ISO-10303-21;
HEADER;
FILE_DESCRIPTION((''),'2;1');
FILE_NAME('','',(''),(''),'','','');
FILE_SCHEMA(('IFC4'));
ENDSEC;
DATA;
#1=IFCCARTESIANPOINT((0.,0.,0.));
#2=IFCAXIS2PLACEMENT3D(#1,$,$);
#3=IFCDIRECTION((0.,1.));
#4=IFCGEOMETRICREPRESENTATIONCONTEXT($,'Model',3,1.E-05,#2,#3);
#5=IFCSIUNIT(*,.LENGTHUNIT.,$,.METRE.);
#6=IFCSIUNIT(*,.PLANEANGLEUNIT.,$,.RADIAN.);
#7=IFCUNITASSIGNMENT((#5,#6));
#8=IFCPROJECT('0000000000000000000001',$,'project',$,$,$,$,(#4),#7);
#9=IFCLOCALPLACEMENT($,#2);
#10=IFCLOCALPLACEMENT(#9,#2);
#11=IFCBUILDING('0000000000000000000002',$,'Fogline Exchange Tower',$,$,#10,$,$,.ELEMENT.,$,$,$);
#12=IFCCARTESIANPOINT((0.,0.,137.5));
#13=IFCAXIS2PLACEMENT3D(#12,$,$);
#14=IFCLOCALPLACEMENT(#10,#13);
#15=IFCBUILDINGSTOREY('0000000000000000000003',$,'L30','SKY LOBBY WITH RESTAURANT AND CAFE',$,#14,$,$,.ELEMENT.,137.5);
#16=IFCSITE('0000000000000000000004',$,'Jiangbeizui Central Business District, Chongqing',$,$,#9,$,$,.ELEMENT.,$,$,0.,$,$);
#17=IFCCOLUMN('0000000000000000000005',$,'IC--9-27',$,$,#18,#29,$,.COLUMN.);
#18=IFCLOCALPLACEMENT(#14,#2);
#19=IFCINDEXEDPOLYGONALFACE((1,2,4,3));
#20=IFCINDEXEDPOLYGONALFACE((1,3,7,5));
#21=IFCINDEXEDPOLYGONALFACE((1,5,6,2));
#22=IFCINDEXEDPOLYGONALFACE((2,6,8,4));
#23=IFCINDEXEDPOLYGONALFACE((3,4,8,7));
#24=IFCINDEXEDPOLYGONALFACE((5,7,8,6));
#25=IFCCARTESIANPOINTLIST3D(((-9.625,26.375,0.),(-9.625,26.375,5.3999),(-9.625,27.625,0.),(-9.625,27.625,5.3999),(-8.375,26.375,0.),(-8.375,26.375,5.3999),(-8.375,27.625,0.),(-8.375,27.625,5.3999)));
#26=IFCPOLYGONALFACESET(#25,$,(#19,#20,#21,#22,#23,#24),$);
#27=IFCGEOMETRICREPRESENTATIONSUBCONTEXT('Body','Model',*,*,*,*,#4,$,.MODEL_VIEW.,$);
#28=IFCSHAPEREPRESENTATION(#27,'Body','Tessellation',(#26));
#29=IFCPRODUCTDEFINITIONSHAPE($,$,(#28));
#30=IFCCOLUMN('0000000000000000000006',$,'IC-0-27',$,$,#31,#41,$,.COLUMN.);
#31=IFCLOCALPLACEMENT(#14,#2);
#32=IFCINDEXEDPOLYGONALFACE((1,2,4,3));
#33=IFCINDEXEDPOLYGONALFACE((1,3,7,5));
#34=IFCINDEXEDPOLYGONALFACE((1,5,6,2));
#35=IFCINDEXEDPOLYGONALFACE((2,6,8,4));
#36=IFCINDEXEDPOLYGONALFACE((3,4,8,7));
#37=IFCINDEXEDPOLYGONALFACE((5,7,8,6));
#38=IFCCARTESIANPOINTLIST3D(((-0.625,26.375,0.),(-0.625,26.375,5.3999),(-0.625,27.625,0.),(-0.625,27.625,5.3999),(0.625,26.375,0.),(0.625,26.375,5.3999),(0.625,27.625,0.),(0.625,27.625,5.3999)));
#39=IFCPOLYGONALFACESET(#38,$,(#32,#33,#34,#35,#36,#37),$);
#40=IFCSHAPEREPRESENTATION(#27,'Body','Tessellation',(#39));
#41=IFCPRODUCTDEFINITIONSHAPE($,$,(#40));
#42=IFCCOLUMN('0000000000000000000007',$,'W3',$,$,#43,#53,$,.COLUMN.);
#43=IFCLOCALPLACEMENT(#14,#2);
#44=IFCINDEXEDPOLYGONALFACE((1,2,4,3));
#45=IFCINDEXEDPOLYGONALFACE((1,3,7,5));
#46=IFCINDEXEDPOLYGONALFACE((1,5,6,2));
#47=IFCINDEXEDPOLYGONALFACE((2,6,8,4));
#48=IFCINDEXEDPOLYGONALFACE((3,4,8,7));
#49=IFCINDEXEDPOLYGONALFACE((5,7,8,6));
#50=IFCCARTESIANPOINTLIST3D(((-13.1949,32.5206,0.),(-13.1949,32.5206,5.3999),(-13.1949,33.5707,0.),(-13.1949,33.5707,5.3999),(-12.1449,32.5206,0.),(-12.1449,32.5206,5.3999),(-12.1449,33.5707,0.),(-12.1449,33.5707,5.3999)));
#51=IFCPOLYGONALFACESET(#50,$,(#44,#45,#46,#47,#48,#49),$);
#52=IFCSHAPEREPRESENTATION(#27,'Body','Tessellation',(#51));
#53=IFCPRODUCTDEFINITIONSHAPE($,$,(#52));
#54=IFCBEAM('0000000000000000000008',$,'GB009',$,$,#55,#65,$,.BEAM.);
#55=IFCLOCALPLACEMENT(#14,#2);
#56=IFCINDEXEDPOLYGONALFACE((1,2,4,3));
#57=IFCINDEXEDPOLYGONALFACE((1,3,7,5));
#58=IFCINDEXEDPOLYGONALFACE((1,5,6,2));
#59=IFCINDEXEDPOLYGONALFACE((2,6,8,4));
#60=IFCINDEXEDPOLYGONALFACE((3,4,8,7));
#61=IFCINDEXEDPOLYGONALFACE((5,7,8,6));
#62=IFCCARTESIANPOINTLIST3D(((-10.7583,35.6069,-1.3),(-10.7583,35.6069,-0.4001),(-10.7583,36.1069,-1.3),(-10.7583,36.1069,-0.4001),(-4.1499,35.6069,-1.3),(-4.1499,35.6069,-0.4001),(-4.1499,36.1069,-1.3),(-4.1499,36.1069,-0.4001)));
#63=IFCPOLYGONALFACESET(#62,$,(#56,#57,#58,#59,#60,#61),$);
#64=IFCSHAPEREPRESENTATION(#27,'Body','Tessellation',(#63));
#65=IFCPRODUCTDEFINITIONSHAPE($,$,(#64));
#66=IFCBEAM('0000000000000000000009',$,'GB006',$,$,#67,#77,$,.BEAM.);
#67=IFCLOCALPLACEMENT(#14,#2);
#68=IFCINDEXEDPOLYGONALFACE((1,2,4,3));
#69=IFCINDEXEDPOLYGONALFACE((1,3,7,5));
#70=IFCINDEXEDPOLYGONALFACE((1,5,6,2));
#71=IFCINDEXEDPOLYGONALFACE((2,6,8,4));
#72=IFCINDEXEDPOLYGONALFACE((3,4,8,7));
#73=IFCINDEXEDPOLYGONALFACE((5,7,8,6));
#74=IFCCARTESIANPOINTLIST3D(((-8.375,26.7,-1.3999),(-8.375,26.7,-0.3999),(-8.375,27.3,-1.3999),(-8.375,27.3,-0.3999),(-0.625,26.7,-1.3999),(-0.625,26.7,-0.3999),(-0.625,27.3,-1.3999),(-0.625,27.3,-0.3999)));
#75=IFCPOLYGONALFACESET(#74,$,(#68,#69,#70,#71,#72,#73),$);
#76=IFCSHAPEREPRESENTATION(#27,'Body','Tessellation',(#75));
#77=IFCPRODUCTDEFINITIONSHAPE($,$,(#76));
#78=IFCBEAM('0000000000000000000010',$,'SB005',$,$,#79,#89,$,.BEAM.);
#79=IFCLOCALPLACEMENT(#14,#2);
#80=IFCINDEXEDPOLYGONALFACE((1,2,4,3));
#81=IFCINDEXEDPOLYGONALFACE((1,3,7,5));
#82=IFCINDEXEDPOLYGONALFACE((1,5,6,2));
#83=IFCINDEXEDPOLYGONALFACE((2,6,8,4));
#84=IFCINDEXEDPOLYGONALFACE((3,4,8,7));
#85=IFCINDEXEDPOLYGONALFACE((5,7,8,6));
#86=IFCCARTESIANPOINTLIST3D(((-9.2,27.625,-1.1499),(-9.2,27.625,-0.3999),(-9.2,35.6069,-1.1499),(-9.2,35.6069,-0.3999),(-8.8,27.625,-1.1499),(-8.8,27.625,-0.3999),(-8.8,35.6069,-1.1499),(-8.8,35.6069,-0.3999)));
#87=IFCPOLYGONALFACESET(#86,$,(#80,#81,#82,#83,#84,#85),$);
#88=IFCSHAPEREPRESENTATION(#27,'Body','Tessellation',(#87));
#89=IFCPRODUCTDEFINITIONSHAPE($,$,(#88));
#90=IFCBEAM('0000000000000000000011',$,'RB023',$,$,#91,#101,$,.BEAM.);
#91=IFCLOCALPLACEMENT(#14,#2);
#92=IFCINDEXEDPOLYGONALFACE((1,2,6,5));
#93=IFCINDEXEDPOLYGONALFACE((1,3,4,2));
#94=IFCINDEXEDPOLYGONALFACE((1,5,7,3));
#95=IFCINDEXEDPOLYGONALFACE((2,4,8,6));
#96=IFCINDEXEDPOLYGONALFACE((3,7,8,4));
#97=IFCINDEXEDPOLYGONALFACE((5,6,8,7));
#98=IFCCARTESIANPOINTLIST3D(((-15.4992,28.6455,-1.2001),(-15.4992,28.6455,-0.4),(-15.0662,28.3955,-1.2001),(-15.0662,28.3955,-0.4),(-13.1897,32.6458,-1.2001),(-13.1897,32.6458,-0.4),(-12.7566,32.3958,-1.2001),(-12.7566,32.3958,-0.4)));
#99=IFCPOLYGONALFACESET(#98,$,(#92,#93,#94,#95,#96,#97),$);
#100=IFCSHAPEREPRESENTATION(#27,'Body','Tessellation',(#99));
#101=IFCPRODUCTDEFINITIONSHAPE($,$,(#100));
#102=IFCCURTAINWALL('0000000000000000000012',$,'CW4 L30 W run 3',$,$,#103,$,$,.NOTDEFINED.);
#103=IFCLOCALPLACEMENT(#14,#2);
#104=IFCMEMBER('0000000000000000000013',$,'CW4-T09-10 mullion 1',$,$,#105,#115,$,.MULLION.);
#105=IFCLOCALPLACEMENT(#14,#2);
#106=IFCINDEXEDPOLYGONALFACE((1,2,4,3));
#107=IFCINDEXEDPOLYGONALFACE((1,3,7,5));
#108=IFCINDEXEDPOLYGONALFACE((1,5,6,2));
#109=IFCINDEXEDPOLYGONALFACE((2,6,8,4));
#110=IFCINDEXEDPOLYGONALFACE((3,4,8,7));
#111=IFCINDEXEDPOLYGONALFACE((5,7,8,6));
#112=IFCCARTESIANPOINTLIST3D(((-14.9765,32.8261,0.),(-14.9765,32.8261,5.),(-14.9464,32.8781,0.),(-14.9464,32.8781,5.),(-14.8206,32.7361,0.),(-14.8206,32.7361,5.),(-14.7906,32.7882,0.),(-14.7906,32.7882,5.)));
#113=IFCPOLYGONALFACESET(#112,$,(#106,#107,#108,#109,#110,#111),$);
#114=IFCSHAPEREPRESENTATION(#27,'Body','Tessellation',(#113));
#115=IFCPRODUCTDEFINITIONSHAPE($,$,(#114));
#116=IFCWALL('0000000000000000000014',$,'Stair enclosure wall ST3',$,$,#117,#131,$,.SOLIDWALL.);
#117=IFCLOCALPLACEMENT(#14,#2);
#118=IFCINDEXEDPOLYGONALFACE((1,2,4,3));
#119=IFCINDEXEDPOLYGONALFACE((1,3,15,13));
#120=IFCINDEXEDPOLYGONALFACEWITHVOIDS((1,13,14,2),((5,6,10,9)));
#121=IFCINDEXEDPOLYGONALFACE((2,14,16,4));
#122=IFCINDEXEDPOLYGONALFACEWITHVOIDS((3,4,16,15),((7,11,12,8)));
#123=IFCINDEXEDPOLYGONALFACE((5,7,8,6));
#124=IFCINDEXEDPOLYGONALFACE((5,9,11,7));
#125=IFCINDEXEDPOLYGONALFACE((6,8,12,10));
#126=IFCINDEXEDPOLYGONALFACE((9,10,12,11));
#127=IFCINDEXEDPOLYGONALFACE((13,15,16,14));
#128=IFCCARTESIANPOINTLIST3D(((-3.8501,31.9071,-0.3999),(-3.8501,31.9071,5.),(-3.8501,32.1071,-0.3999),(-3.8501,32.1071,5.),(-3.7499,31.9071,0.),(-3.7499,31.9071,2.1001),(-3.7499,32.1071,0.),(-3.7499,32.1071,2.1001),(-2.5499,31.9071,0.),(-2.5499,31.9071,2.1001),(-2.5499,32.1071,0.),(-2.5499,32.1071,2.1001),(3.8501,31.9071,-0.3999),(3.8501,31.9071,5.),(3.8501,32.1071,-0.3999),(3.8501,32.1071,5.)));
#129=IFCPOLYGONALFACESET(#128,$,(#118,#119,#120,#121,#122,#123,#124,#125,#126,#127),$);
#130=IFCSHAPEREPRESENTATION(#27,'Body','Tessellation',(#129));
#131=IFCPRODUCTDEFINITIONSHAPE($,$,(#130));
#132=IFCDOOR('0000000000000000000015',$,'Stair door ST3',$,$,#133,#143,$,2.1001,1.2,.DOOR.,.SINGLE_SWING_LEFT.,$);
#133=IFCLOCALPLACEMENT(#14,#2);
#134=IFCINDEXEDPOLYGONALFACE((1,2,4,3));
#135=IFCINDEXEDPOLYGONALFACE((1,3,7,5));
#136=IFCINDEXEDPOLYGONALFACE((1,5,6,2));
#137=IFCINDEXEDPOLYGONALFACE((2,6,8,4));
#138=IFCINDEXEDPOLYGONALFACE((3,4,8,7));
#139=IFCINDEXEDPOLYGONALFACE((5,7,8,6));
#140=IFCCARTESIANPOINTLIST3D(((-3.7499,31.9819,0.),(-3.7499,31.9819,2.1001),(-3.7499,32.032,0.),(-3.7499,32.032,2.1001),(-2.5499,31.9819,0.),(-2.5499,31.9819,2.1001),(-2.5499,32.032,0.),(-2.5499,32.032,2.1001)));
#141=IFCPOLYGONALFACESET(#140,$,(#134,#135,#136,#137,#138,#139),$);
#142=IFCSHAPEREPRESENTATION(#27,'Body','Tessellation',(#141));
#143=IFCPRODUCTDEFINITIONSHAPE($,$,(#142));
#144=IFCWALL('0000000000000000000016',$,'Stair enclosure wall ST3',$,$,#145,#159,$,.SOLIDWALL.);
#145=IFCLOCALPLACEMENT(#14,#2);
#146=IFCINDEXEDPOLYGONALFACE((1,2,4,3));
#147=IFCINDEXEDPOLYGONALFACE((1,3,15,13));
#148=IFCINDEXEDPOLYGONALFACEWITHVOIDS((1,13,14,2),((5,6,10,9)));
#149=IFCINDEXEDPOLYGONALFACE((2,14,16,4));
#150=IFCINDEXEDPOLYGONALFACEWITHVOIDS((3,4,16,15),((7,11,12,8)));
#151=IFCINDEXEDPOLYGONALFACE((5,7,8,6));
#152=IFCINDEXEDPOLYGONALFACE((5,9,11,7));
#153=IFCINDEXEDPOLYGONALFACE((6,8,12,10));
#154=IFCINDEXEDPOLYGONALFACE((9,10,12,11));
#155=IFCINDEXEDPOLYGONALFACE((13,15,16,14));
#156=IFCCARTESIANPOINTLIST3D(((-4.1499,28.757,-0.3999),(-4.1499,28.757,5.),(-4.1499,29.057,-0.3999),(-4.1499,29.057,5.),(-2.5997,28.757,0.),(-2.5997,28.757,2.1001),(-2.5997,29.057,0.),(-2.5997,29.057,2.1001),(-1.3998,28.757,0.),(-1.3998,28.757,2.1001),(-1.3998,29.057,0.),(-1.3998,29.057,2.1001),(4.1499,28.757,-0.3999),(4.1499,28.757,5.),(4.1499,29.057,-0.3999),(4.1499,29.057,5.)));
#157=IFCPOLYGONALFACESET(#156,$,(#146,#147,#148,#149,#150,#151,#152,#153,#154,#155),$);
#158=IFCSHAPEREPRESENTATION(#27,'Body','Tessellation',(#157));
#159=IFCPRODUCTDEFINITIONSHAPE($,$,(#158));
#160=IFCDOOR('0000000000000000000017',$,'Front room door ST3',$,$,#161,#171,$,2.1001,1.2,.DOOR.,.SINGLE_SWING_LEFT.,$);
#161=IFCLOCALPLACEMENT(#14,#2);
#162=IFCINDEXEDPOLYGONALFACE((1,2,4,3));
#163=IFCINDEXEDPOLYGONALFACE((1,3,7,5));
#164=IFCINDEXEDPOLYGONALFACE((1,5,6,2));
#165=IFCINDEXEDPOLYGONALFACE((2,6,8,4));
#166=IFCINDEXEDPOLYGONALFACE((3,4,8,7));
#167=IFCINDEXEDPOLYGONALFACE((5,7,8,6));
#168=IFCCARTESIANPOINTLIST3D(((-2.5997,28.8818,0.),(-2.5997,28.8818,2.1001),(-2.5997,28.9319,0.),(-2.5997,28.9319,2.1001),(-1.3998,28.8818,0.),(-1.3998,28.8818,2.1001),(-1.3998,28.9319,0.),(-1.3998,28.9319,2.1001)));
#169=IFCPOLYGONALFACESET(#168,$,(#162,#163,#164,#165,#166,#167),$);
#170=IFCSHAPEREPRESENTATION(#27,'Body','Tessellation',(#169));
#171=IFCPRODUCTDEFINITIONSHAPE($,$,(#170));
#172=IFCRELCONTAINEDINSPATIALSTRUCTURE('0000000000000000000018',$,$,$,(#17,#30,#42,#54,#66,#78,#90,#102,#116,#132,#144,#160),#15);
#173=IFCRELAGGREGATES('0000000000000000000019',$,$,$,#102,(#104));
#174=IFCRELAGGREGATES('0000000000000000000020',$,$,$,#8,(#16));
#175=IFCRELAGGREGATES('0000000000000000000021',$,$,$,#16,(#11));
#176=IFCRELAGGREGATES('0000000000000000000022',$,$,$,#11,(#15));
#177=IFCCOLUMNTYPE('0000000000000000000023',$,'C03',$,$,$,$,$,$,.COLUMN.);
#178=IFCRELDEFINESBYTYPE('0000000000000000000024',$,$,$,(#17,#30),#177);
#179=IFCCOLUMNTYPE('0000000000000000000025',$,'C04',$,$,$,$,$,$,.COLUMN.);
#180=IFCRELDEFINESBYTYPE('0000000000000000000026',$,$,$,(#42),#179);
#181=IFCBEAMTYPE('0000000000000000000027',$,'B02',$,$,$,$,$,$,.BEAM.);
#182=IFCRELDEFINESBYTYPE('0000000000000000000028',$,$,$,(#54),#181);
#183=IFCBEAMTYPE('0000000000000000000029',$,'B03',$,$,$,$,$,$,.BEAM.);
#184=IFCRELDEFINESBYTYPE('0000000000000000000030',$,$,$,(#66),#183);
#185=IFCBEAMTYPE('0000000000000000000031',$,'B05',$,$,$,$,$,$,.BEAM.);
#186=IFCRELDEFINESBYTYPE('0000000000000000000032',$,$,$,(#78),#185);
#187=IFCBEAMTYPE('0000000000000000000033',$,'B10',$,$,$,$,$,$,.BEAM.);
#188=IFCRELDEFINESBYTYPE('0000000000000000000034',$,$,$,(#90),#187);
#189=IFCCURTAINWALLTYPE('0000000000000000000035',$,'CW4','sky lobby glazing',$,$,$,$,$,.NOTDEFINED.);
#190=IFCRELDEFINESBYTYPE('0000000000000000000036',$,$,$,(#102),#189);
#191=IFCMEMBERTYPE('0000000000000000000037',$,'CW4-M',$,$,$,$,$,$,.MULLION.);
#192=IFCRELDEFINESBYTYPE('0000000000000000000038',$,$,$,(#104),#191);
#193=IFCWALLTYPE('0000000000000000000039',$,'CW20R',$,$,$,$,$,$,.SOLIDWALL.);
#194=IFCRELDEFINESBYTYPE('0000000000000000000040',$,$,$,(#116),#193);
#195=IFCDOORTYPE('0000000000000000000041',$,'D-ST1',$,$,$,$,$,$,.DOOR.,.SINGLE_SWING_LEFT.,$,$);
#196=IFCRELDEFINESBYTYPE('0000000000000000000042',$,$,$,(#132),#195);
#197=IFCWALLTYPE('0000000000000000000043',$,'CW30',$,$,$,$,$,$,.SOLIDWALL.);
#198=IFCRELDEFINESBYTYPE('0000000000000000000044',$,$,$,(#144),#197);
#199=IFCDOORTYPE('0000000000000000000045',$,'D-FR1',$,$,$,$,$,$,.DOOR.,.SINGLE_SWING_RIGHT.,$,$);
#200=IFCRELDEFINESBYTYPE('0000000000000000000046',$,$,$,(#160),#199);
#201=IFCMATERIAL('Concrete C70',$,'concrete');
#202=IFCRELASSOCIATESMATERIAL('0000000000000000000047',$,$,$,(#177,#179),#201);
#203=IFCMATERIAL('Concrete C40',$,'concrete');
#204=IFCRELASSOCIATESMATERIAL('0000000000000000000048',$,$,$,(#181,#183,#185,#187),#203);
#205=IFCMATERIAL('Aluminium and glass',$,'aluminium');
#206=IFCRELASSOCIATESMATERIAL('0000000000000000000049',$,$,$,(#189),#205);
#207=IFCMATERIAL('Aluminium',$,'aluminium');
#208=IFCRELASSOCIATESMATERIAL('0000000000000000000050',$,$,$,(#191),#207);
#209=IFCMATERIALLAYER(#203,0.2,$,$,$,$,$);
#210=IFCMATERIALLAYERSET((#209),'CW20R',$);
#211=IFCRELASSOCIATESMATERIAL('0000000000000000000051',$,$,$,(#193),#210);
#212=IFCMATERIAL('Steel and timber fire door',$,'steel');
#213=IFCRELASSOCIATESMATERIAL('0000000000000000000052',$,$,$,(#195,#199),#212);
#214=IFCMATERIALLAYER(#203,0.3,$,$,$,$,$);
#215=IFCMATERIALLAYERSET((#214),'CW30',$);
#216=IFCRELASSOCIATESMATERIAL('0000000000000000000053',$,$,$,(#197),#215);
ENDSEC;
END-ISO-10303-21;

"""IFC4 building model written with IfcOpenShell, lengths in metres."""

from ifc_helpers import new_model, si_unit, direction, frame, frame_2d, origin, origin_2d, place, context, subcontext, project, spatial, rectangle, extrude, material, layer, layer_set, material_profile, profile_set, type_object, element, fill, aggregate, save


model = new_model("IFC4")

# Units and contexts
model_context = context("Model", 3, precision=1e-05, world=origin(), true_north=direction((0.0, 1.0)))
body_context = subcontext(model_context, "Body", "Model", "MODEL_VIEW")
ifc_project = project(units=[si_unit("LENGTHUNIT", "METRE"), si_unit("PLANEANGLEUNIT", "RADIAN")], contexts=[model_context])

# Site, building, storey
site_placement = place(None, origin())
site = spatial("IfcSite", under=ifc_project, at=site_placement, Name="Jiangbeizui Central Business District, Chongqing", CompositionType="ELEMENT", RefElevation=0.0)
building_placement = place(site_placement, origin())
building = spatial("IfcBuilding", under=site, at=building_placement, Name="Fogline Exchange Tower", CompositionType="ELEMENT")
storey_placement = place(building_placement, frame((0.0, 0.0, 137.5)))
storey = spatial("IfcBuildingStorey", under=building, at=storey_placement, Name="L30", Description="SKY LOBBY WITH RESTAURANT AND CAFE", CompositionType="ELEMENT", Elevation=137.5)

# Columns
ifc_material_1 = material(Name="Concrete C70", Category="concrete")
ifc_material_profile_1 = material_profile(ifc_material_1, rectangle(XDim=1.25, YDim=1.25, at=origin_2d()), Name="RC 1250x1250")
ifc_profile_set_1 = profile_set([ifc_material_profile_1], Name="Concrete C70")
column_type_1 = type_object("IfcColumnType", Name="C03", PredefinedType="COLUMN", material=ifc_profile_set_1)
for number, where, z_axis, x_axis, name in (
    (1, (-9.0, 27.0, 0.0), (0.0, 0.0, 1.0), (1.0, 0.0, 0.0), "IC--9-27"),
    (2, (0.0, 27.0, 0.0), (0.0, 0.0, 1.0), (1.0, 0.0, 0.0), "IC-0-27"),
):
    element("IfcColumn", number, at=place(storey_placement, frame(where, z_axis=z_axis, x_axis=x_axis)), inside=storey, type_object=column_type_1, Name=name, PredefinedType="COLUMN", context=body_context, shape_type="SweptSolid", body=[
        extrude(rectangle(XDim=1.25, YDim=1.25, at=origin_2d()), origin(), (0.0, 0.0, 1.0), 5.3999),
    ])
ifc_material_profile_2 = material_profile(ifc_material_1, rectangle(XDim=1.05, YDim=1.05, at=origin_2d()), Name="RC 1050x1050")
ifc_profile_set_2 = profile_set([ifc_material_profile_2], Name="Concrete C70")
column_type_2 = type_object("IfcColumnType", Name="C04", PredefinedType="COLUMN", material=ifc_profile_set_2)
column_placement = place(storey_placement, frame((-12.6699, 33.0457, 0.0), z_axis=(0.0, 0.0, 1.0), x_axis=(1.0, 0.0, 0.0)))
element("IfcColumn", 3, at=column_placement, inside=storey, type_object=column_type_2, Name="W3", PredefinedType="COLUMN", context=body_context, shape_type="SweptSolid", body=[
    extrude(rectangle(XDim=1.05, YDim=1.05, at=origin_2d()), origin(), (0.0, 0.0, 1.0), 5.3999),
])

# Beams
ifc_material_2 = material(Name="Concrete C40", Category="concrete")
ifc_material_profile_3 = material_profile(ifc_material_2, rectangle(XDim=0.5, YDim=0.8999, at=origin_2d()), Name="RC 500x900")
ifc_profile_set_3 = profile_set([ifc_material_profile_3], Name="Concrete C40")
beam_type_1 = type_object("IfcBeamType", Name="B02", PredefinedType="BEAM", material=ifc_profile_set_3)
beam_1_placement = place(storey_placement, frame((-10.7583, 35.8569, -0.8501), z_axis=(1.0, 0.0, 0.0), x_axis=(0.0, 1.0, 0.0)))
element("IfcBeam", 4, at=beam_1_placement, inside=storey, type_object=beam_type_1, Name="GB009", PredefinedType="BEAM", context=body_context, shape_type="SweptSolid", body=[
    extrude(rectangle(XDim=0.5, YDim=0.8999, at=origin_2d()), origin(), (0.0, 0.0, 1.0), 6.6084),
])
ifc_material_profile_4 = material_profile(ifc_material_2, rectangle(XDim=0.6001, YDim=1.0, at=origin_2d()), Name="RC 600x1000")
ifc_profile_set_4 = profile_set([ifc_material_profile_4], Name="Concrete C40")
beam_type_2 = type_object("IfcBeamType", Name="B03", PredefinedType="BEAM", material=ifc_profile_set_4)
beam_2_placement = place(storey_placement, frame((-8.375, 27.0, -0.8999), z_axis=(1.0, 0.0, 0.0), x_axis=(0.0, 1.0, 0.0)))
element("IfcBeam", 5, at=beam_2_placement, inside=storey, type_object=beam_type_2, Name="GB006", PredefinedType="BEAM", context=body_context, shape_type="SweptSolid", body=[
    extrude(rectangle(XDim=0.6001, YDim=1.0, at=origin_2d()), origin(), (0.0, 0.0, 1.0), 7.75),
])
ifc_material_profile_5 = material_profile(ifc_material_2, rectangle(XDim=0.3999, YDim=0.75, at=origin_2d()), Name="RC 400x750")
ifc_profile_set_5 = profile_set([ifc_material_profile_5], Name="Concrete C40")
beam_type_3 = type_object("IfcBeamType", Name="B05", PredefinedType="BEAM", material=ifc_profile_set_5)
beam_3_placement = place(storey_placement, frame((-9.0, 27.625, -0.7749), z_axis=(0.0, 1.0, 0.0), x_axis=(-1.0, 0.0, 0.0)))
element("IfcBeam", 6, at=beam_3_placement, inside=storey, type_object=beam_type_3, Name="SB005", PredefinedType="BEAM", context=body_context, shape_type="SweptSolid", body=[
    extrude(rectangle(XDim=0.3999, YDim=0.75, at=origin_2d()), origin(), (0.0, 0.0, 1.0), 7.9819),
])
ifc_material_profile_6 = material_profile(ifc_material_2, rectangle(XDim=0.5, YDim=0.8, at=origin_2d()), Name="RC 500x800")
ifc_profile_set_6 = profile_set([ifc_material_profile_6], Name="Concrete C40")
beam_type_4 = type_object("IfcBeamType", Name="B10", PredefinedType="BEAM", material=ifc_profile_set_6)
beam_4_placement = place(storey_placement, frame((-12.9731, 32.5208, -0.8), z_axis=(-0.500005, -0.866023, 0.0), x_axis=(0.866023, -0.500005, 0.0)))
element("IfcBeam", 7, at=beam_4_placement, inside=storey, type_object=beam_type_4, Name="RB023", PredefinedType="BEAM", context=body_context, shape_type="SweptSolid", body=[
    extrude(rectangle(XDim=0.5, YDim=0.8, at=origin_2d()), origin(), (0.0, 0.0, 1.0), 4.6191),
])

# Curtain wall, member
ifc_material_3 = material(Name="Aluminium and glass", Category="aluminium")
curtain_wall_type = type_object("IfcCurtainWallType", Name="CW4", Description="sky lobby glazing", PredefinedType="NOTDEFINED", material=ifc_material_3)
curtain_wall_placement = place(storey_placement, origin())
curtain_wall = element("IfcCurtainWall", 8, at=curtain_wall_placement, inside=storey, type_object=curtain_wall_type, Name="CW4 L30 W run 3", PredefinedType="NOTDEFINED")
ifc_material_4 = material(Name="Aluminium", Category="aluminium")
ifc_material_profile_7 = material_profile(ifc_material_4, rectangle(XDim=0.1799, YDim=0.0601, at=origin_2d()), Name="Mullion 60x180")
ifc_profile_set_7 = profile_set([ifc_material_profile_7], Name="Aluminium")
member_type = type_object("IfcMemberType", Name="CW4-M", PredefinedType="MULLION", material=ifc_profile_set_7)
member_placement = place(storey_placement, frame((-14.8835, 32.8071, 0.0), z_axis=(0.0, 0.0, 1.0), x_axis=(0.866025, -0.5, 0.0)))
member = element("IfcMember", 9, at=member_placement, type_object=member_type, Name="CW4-T09-10 mullion 1", PredefinedType="MULLION", context=body_context, shape_type="SweptSolid", body=[
    extrude(rectangle(XDim=0.1799, YDim=0.0601, at=origin_2d()), origin(), (0.0, 0.0, 1.0), 5.0),
])
aggregate(curtain_wall, [member])

# Walls, openings, doors
ifc_layer_1 = layer(ifc_material_2, 0.2)
ifc_layer_set_1 = layer_set([ifc_layer_1], Name="CW20R")
wall_type_1 = type_object("IfcWallType", Name="CW20R", PredefinedType="SOLIDWALL", material=ifc_layer_set_1)
wall_1_placement = place(storey_placement, frame((-3.8501, 32.0071, -0.3999), z_axis=(0.0, 0.0, 1.0), x_axis=(1.0, 0.0, 0.0)))
wall_1 = element("IfcWall", 10, at=wall_1_placement, inside=storey, type_object=wall_type_1, Name="Stair enclosure wall ST3", PredefinedType="SOLIDWALL", context=body_context, shape_type="SweptSolid", body=[
    extrude(rectangle(XDim=7.7002, YDim=0.2, at=frame_2d((3.8501, 0.0))), origin(), (0.0, 0.0, 1.0), 5.3999),
])
opening_1_placement = place(wall_1_placement, frame((0.1001, 0.0, 0.3999)))
opening_1 = element("IfcOpeningElement", 11, at=opening_1_placement, cuts=wall_1, PredefinedType="OPENING", context=body_context, shape_type="SweptSolid", body=[
    extrude(rectangle(XDim=1.2, YDim=2.1001, at=frame_2d((0.6001, 1.05))), frame((0.0, 0.1099, 0.0), z_axis=(0.0, -1.0, 0.0), x_axis=(1.0, 0.0, 0.0)), (0.0, 0.0, 1.0), 0.22),
])
ifc_material_5 = material(Name="Steel and timber fire door", Category="steel")
door_type_1 = type_object("IfcDoorType", Name="D-ST1", OperationType="SINGLE_SWING_LEFT", PredefinedType="DOOR", material=ifc_material_5)
door_1_placement = place(opening_1_placement, origin())
door_1 = element("IfcDoor", 12, at=door_1_placement, inside=storey, type_object=door_type_1, Name="Stair door ST3", OperationType="SINGLE_SWING_LEFT", OverallHeight=2.1001, OverallWidth=1.2, PredefinedType="DOOR", context=body_context, shape_type="SweptSolid", body=[
    extrude(rectangle(XDim=1.2, YDim=2.1001, at=frame_2d((0.6001, 1.05))), frame((0.0, 0.0249, 0.0), z_axis=(0.0, -1.0, 0.0), x_axis=(1.0, 0.0, 0.0)), (0.0, 0.0, 1.0), 0.05),
])
fill(opening_1, door_1)
ifc_layer_2 = layer(ifc_material_2, 0.3)
ifc_layer_set_2 = layer_set([ifc_layer_2], Name="CW30")
wall_type_2 = type_object("IfcWallType", Name="CW30", PredefinedType="SOLIDWALL", material=ifc_layer_set_2)
wall_2_placement = place(storey_placement, frame((-4.1499, 28.907, -0.3999), z_axis=(0.0, 0.0, 1.0), x_axis=(1.0, 0.0, 0.0)))
wall_2 = element("IfcWall", 13, at=wall_2_placement, inside=storey, type_object=wall_type_2, Name="Stair enclosure wall ST3", PredefinedType="SOLIDWALL", context=body_context, shape_type="SweptSolid", body=[
    extrude(rectangle(XDim=8.2998, YDim=0.3, at=frame_2d((4.1499, 0.0))), origin(), (0.0, 0.0, 1.0), 5.3999),
])
opening_2_placement = place(wall_2_placement, frame((1.55, 0.0, 0.3999)))
opening_2 = element("IfcOpeningElement", 14, at=opening_2_placement, cuts=wall_2, PredefinedType="OPENING", context=body_context, shape_type="SweptSolid", body=[
    extrude(rectangle(XDim=1.2, YDim=2.1001, at=frame_2d((0.6001, 1.05))), frame((0.0, 0.1602, 0.0), z_axis=(0.0, -1.0, 0.0), x_axis=(1.0, 0.0, 0.0)), (0.0, 0.0, 1.0), 0.3201),
])
door_type_2 = type_object("IfcDoorType", Name="D-FR1", OperationType="SINGLE_SWING_RIGHT", PredefinedType="DOOR", material=ifc_material_5)
door_2_placement = place(opening_2_placement, origin())
door_2 = element("IfcDoor", 15, at=door_2_placement, inside=storey, type_object=door_type_2, Name="Front room door ST3", OperationType="SINGLE_SWING_LEFT", OverallHeight=2.1001, OverallWidth=1.2, PredefinedType="DOOR", context=body_context, shape_type="SweptSolid", body=[
    extrude(rectangle(XDim=1.2, YDim=2.1001, at=frame_2d((0.6001, 1.05))), frame((0.0, 0.0249, 0.0), z_axis=(0.0, -1.0, 0.0), x_axis=(1.0, 0.0, 0.0)), (0.0, 0.0, 1.0), 0.05),
])
fill(opening_2, door_2)

save(model, "model.ifc")
